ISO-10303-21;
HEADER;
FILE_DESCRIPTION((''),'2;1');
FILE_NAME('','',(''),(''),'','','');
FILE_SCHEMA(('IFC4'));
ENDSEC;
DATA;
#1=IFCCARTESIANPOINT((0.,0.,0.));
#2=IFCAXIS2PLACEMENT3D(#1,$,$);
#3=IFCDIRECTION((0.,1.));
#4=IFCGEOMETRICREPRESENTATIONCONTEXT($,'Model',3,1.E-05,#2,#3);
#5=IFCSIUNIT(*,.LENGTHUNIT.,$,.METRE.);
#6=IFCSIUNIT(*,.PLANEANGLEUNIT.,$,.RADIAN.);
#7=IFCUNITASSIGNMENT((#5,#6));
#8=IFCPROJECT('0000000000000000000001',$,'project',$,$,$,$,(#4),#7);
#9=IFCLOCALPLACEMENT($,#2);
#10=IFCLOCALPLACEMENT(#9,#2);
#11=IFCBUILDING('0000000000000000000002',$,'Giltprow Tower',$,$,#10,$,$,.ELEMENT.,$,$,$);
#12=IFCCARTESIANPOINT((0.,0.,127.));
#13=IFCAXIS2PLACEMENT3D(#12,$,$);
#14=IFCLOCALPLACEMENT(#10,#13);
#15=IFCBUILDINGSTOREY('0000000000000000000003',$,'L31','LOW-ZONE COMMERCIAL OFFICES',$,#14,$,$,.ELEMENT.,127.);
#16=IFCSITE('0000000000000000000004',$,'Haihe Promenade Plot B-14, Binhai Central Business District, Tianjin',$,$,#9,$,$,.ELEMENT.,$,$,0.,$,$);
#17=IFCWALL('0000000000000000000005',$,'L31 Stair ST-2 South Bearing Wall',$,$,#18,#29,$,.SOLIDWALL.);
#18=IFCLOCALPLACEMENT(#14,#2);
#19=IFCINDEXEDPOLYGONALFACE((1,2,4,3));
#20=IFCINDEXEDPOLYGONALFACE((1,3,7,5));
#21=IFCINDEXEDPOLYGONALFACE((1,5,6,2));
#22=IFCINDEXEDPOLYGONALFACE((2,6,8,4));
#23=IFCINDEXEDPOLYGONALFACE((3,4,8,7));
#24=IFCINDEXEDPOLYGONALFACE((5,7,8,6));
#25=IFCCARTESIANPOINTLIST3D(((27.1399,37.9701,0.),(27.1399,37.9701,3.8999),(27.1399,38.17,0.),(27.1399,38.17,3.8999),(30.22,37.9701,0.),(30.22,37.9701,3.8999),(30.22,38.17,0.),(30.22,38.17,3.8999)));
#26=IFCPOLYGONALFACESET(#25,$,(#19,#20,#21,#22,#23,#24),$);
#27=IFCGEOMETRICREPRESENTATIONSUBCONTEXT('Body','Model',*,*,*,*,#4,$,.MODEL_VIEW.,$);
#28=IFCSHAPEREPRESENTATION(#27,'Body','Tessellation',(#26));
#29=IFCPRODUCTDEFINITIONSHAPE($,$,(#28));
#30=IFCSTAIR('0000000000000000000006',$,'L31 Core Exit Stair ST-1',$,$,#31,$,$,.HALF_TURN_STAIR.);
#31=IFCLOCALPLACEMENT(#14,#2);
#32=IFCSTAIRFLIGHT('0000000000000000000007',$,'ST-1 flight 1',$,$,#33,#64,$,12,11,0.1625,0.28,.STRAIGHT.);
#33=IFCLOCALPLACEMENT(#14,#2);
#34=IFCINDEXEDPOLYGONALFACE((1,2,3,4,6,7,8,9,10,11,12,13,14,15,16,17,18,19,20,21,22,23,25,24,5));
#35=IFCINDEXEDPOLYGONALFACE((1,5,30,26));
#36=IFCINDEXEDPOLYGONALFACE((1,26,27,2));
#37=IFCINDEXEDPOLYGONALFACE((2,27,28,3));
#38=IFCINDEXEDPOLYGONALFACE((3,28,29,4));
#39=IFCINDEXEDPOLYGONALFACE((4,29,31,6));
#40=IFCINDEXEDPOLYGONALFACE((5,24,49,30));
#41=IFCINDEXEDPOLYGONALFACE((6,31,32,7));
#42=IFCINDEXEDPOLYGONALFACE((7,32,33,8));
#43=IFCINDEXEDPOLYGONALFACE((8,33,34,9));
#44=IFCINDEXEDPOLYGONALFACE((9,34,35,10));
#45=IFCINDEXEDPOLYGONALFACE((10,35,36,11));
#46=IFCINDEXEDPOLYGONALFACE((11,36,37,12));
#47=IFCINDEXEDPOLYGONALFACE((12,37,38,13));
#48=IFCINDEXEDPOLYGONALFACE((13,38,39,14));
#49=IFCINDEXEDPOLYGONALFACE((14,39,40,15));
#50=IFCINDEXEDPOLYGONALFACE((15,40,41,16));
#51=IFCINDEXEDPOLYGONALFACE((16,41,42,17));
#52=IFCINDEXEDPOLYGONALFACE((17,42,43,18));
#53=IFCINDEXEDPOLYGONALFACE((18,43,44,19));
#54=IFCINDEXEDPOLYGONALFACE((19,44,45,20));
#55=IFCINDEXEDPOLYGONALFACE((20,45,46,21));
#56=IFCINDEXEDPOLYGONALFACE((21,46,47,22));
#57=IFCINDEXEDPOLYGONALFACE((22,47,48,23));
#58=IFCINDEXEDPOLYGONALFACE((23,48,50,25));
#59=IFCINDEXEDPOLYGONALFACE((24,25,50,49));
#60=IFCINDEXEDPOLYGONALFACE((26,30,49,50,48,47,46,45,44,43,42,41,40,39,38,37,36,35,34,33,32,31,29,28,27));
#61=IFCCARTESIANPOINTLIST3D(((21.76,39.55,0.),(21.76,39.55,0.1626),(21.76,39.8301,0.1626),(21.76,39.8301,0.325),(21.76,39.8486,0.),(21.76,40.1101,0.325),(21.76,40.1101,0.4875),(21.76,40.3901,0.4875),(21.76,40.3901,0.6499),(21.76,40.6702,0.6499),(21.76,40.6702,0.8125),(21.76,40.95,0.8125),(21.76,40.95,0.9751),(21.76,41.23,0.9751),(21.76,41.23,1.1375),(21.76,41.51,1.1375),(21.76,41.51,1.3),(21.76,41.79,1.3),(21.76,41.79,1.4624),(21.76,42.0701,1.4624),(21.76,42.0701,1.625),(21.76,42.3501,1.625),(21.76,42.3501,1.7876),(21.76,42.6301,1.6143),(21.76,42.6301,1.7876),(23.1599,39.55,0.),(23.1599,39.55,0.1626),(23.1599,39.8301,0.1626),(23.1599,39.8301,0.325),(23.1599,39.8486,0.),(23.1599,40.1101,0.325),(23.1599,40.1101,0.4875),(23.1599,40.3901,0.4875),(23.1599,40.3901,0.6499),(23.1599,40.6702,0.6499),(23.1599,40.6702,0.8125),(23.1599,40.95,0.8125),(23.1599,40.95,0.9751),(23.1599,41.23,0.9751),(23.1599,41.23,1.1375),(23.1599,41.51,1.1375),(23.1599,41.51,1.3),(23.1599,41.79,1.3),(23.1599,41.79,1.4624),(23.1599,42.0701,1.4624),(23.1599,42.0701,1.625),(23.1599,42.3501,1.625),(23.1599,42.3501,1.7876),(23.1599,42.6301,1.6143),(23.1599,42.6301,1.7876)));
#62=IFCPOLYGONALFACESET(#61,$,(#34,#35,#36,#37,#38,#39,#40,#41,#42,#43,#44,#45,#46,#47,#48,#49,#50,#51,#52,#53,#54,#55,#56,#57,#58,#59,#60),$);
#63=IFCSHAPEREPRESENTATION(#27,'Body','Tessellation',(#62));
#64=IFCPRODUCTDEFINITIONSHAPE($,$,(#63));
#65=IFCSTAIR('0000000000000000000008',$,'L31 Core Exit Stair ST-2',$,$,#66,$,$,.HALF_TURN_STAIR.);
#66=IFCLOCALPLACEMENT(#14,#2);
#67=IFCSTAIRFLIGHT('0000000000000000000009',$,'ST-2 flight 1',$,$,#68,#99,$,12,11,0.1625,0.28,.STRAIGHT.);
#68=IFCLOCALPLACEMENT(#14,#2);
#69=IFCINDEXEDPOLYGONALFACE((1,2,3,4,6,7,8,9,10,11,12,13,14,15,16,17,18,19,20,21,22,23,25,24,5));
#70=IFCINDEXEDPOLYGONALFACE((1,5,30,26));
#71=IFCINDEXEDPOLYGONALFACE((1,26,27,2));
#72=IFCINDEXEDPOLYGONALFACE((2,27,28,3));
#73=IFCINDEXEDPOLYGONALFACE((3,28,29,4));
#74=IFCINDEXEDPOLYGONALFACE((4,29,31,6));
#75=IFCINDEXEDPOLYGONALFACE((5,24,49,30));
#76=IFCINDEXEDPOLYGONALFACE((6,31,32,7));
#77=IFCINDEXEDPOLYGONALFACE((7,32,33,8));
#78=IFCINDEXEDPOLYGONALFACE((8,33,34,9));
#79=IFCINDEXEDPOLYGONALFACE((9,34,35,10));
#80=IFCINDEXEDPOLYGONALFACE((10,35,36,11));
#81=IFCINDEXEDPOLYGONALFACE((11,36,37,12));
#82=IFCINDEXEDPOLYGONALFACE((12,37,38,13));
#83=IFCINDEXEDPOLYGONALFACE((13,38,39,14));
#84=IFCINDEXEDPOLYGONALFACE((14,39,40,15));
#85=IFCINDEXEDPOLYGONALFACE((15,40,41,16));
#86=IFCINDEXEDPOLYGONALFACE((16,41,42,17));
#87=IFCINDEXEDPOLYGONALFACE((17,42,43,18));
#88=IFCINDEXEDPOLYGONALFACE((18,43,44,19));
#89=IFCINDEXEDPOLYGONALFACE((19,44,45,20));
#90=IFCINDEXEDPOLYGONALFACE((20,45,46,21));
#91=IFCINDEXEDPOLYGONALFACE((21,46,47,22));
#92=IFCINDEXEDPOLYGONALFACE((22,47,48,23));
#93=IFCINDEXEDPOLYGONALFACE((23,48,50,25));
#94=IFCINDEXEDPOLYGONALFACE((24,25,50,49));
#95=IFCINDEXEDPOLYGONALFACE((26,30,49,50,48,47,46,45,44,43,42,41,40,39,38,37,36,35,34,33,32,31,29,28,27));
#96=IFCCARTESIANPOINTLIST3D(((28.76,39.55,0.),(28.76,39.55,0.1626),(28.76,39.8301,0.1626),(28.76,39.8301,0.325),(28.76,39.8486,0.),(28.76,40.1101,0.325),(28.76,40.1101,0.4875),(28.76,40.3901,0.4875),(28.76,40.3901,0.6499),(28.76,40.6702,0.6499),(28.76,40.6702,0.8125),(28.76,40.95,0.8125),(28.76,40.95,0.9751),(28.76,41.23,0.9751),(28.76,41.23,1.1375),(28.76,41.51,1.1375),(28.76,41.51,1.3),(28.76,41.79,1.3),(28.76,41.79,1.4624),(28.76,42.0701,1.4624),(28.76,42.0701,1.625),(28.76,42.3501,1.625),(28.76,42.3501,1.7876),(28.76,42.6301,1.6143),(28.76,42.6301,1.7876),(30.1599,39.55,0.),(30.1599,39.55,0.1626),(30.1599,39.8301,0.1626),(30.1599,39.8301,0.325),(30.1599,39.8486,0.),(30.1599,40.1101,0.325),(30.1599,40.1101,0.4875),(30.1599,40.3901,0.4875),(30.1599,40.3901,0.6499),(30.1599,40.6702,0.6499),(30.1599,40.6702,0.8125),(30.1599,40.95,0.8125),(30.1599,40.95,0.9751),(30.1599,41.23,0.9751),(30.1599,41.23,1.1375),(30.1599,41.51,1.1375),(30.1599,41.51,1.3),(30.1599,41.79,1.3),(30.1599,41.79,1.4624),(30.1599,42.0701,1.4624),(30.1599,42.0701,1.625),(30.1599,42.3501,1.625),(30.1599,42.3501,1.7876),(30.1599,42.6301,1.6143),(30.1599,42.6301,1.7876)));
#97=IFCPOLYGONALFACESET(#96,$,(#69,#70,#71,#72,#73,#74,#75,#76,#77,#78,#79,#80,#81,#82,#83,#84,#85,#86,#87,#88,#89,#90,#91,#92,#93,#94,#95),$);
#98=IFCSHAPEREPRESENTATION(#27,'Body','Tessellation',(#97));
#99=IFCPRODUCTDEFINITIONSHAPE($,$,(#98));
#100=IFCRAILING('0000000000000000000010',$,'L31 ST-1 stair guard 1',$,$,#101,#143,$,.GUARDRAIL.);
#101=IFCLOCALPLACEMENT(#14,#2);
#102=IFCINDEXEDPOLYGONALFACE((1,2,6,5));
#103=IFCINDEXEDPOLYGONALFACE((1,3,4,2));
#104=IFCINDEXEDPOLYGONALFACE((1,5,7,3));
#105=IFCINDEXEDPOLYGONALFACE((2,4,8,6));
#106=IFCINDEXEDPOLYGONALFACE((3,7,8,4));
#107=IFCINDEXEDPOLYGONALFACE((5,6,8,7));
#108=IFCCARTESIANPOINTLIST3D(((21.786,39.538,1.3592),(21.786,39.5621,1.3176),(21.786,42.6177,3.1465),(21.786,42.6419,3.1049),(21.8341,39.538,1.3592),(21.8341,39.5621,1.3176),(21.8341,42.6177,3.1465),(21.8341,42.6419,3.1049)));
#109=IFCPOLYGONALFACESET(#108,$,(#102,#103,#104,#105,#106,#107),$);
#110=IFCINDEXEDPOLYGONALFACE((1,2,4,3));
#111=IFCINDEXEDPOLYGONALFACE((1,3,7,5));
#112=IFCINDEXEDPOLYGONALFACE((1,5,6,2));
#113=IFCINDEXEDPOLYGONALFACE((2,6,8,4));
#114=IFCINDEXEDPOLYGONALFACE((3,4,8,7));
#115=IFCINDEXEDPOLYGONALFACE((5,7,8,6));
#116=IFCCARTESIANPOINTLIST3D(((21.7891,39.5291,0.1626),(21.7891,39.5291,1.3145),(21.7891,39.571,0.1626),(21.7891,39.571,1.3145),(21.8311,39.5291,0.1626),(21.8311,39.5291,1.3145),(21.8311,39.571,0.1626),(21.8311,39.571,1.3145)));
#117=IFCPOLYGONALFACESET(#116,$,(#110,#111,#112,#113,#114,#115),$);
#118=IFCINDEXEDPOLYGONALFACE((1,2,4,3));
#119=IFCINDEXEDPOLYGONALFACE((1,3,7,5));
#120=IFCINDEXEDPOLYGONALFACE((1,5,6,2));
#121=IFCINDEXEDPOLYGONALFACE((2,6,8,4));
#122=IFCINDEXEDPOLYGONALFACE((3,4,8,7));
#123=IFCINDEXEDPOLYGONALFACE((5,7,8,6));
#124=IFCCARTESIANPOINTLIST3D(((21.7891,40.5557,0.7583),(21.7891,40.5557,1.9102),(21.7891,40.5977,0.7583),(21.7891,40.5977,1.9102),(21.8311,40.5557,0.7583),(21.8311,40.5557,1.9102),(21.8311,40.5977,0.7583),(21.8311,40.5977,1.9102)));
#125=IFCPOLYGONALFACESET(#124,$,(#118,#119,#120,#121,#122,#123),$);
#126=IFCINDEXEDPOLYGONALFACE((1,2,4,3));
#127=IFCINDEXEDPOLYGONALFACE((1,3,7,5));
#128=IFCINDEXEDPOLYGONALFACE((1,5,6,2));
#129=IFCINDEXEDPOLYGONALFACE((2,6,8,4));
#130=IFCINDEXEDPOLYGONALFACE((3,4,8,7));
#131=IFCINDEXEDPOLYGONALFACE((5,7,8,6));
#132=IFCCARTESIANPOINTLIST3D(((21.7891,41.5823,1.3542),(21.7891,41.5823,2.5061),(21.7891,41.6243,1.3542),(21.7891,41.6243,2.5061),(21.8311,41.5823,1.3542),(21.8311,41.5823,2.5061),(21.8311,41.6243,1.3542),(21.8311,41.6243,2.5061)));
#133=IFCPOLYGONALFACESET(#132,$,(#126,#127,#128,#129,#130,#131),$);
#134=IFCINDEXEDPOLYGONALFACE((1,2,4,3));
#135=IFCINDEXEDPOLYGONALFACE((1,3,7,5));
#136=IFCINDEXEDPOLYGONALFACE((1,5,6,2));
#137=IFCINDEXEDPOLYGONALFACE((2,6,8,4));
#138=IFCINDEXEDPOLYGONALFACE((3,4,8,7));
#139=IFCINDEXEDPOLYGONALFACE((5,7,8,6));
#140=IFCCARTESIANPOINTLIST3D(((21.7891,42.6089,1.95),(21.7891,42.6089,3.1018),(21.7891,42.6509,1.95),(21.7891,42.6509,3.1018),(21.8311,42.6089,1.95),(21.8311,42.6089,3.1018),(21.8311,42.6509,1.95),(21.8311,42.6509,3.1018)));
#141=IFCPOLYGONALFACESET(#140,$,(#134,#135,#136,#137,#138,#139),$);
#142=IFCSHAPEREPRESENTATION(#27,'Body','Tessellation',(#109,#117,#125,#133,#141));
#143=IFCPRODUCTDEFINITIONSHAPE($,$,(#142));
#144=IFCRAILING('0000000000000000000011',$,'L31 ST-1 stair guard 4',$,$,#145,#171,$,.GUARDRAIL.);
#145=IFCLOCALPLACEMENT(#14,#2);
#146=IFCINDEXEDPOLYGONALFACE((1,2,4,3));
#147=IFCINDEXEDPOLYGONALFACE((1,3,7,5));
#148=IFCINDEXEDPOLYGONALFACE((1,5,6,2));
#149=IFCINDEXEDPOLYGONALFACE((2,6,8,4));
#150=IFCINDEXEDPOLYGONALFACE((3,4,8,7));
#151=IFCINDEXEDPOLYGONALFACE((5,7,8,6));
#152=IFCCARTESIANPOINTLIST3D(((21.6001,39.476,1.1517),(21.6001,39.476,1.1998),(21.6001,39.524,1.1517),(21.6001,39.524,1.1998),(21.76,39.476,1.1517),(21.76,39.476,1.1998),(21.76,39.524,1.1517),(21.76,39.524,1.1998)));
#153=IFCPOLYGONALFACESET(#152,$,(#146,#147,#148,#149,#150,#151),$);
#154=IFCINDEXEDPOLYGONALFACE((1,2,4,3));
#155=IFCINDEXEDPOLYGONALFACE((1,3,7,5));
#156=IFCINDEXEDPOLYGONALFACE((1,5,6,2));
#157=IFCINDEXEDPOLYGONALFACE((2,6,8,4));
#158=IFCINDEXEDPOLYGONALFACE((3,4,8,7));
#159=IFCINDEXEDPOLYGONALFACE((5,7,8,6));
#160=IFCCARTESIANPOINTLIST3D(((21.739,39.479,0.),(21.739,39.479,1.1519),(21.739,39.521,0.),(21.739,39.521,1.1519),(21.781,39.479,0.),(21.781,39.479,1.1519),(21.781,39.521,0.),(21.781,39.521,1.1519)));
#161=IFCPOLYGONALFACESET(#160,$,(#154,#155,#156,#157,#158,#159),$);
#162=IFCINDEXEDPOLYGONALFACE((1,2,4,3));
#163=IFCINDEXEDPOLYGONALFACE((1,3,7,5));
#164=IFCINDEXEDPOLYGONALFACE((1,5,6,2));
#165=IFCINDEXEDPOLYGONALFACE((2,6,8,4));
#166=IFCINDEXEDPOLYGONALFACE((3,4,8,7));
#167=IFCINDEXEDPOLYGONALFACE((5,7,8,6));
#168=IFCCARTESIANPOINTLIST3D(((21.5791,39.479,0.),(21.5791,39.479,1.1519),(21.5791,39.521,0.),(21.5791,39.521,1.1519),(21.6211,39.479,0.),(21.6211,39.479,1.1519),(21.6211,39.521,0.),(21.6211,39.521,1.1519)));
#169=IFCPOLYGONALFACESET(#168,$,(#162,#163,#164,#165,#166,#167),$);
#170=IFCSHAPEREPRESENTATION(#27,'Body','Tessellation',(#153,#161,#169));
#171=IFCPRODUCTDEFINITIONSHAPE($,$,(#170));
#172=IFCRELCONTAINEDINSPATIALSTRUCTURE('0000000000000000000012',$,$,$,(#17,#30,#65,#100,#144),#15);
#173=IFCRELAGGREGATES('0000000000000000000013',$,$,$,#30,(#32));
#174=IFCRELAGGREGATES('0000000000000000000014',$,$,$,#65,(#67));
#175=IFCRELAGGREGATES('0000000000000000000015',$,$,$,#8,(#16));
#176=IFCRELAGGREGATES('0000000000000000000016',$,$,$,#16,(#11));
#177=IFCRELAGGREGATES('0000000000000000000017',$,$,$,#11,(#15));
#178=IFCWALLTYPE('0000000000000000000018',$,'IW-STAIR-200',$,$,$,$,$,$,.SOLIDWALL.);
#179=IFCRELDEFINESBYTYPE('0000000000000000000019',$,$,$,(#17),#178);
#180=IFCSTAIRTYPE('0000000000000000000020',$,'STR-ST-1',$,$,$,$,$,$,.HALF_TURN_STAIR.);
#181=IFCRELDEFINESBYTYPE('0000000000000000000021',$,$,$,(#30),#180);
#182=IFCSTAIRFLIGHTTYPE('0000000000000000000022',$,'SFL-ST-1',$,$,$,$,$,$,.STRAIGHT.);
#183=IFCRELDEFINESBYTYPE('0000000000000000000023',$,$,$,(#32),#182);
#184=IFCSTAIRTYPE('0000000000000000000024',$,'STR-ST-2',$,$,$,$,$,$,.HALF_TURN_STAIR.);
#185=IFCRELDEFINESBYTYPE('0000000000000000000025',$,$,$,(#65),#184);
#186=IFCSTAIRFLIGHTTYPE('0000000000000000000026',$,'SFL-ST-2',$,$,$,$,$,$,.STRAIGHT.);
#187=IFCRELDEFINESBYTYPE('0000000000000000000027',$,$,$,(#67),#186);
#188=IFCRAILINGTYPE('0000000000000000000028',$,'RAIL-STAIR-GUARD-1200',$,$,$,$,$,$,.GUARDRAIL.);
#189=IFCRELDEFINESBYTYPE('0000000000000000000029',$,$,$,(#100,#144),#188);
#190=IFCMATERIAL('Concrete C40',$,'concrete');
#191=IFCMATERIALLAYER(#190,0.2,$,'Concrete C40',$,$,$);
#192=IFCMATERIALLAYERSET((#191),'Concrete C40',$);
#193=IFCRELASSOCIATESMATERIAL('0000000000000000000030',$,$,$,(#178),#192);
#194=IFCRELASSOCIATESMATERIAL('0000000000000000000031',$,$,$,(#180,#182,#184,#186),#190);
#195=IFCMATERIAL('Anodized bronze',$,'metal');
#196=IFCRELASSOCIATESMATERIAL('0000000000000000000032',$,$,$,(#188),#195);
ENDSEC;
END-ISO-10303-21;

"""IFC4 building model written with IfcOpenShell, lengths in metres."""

from ifc_helpers import new_model, si_unit, direction, frame, frame_2d, origin, origin_2d, place, context, subcontext, project, spatial, polyline, rectangle, outline, extrude, material, layer, layer_set, type_object, element, aggregate, save


model = new_model("IFC4")

# Units and contexts
model_context = context("Model", 3, precision=1e-05, world=origin(), true_north=direction((0.0, 1.0)))
body_context = subcontext(model_context, "Body", "Model", "MODEL_VIEW")
ifc_project = project(units=[si_unit("LENGTHUNIT", "METRE"), si_unit("PLANEANGLEUNIT", "RADIAN")], contexts=[model_context])

# Site, building, storey
site_placement = place(None, origin())
site = spatial("IfcSite", under=ifc_project, at=site_placement, Name="Haihe Promenade Plot B-14, Binhai Central Business District, Tianjin", CompositionType="ELEMENT", RefElevation=0.0)
building_placement = place(site_placement, origin())
building = spatial("IfcBuilding", under=site, at=building_placement, Name="Giltprow Tower", CompositionType="ELEMENT")
storey_placement = place(building_placement, frame((0.0, 0.0, 127.0)))
storey = spatial("IfcBuildingStorey", under=building, at=storey_placement, Name="L31", Description="LOW-ZONE COMMERCIAL OFFICES", CompositionType="ELEMENT", Elevation=127.0)

# Shared definitions
ifc_material_1 = material(Name="Concrete C40", Category="concrete")
ifc_layer = layer(ifc_material_1, 0.2, Name="Concrete C40")
ifc_layer_set = layer_set([ifc_layer], Name="Concrete C40")
wall_type = type_object("IfcWallType", Name="IW-STAIR-200", PredefinedType="SOLIDWALL", material=ifc_layer_set)

# Wall
wall_1_placement = place(storey_placement, frame((27.1399, 38.0701, 0.0), z_axis=(0.0, 0.0, 1.0), x_axis=(1.0, 0.0, 0.0)))
element("IfcWall", 1, at=wall_1_placement, inside=storey, type_object=wall_type, Name="L31 Stair ST-2 South Bearing Wall", PredefinedType="SOLIDWALL", context=body_context, shape_type="SweptSolid", body=[
    extrude(rectangle(XDim=3.0801, YDim=0.2, at=frame_2d((1.54, 0.0))), origin(), (0.0, 0.0, 1.0), 3.8999),
])

# Stairs, stair flights
stair_type_1 = type_object("IfcStairType", Name="STR-ST-1", PredefinedType="HALF_TURN_STAIR", material=ifc_material_1)
stair_1_placement = place(storey_placement, origin())
stair_1 = element("IfcStair", 2, at=stair_1_placement, inside=storey, type_object=stair_type_1, Name="L31 Core Exit Stair ST-1", PredefinedType="HALF_TURN_STAIR")
stair_flight_type_1 = type_object("IfcStairFlightType", Name="SFL-ST-1", PredefinedType="STRAIGHT", material=ifc_material_1)
stair_flight_1_placement = place(storey_placement, frame((22.46, 39.55, 0.0), z_axis=(0.0, 0.0, 1.0), x_axis=(0.0, 1.0, 0.0)))
stair_flight_1 = element("IfcStairFlight", 3, at=stair_flight_1_placement, type_object=stair_flight_type_1, Name="ST-1 flight 1", NumberOfRisers=12, NumberOfTreads=11, PredefinedType="STRAIGHT", RiserHeight=0.1625, TreadLength=0.28, context=body_context, shape_type="SweptSolid", body=[
    extrude(outline(polyline([(0.0, 0.0), (0.0, 0.1626), (0.28, 0.1626), (0.28, 0.325), (0.5601, 0.325), (0.5601, 0.4875), (0.8401, 0.4875), (0.8401, 0.6499), (1.1201, 0.6499), (1.1201, 0.8125), (1.3999, 0.8125), (1.3999, 0.9751), (1.6799, 0.9751), (1.6799, 1.1375), (1.96, 1.1375), (1.96, 1.3), (2.24, 1.3), (2.24, 1.4624), (2.52, 1.4624), (2.52, 1.625), (2.8, 1.625), (2.8, 1.7876), (3.0801, 1.7876), (3.0801, 1.95), (3.0801, 1.6143), (0.2986, 0.0), (0.0, 0.0)])), frame((0.0, 0.7, 0.0), z_axis=(0.0, -1.0, 0.0), x_axis=(1.0, 0.0, 0.0)), (0.0, 0.0, 1.0), 1.3999),
])
aggregate(stair_1, [stair_flight_1])
stair_type_2 = type_object("IfcStairType", Name="STR-ST-2", PredefinedType="HALF_TURN_STAIR", material=ifc_material_1)
stair_2_placement = place(storey_placement, origin())
stair_2 = element("IfcStair", 4, at=stair_2_placement, inside=storey, type_object=stair_type_2, Name="L31 Core Exit Stair ST-2", PredefinedType="HALF_TURN_STAIR")
stair_flight_type_2 = type_object("IfcStairFlightType", Name="SFL-ST-2", PredefinedType="STRAIGHT", material=ifc_material_1)
stair_flight_2_placement = place(storey_placement, frame((29.46, 39.55, 0.0), z_axis=(0.0, 0.0, 1.0), x_axis=(0.0, 1.0, 0.0)))
stair_flight_2 = element("IfcStairFlight", 5, at=stair_flight_2_placement, type_object=stair_flight_type_2, Name="ST-2 flight 1", NumberOfRisers=12, NumberOfTreads=11, PredefinedType="STRAIGHT", RiserHeight=0.1625, TreadLength=0.28, context=body_context, shape_type="SweptSolid", body=[
    extrude(outline(polyline([(0.0, 0.0), (0.0, 0.1626), (0.28, 0.1626), (0.28, 0.325), (0.5601, 0.325), (0.5601, 0.4875), (0.8401, 0.4875), (0.8401, 0.6499), (1.1201, 0.6499), (1.1201, 0.8125), (1.3999, 0.8125), (1.3999, 0.9751), (1.6799, 0.9751), (1.6799, 1.1375), (1.96, 1.1375), (1.96, 1.3), (2.24, 1.3), (2.24, 1.4624), (2.52, 1.4624), (2.52, 1.625), (2.8, 1.625), (2.8, 1.7876), (3.0801, 1.7876), (3.0801, 1.95), (3.0801, 1.6143), (0.2986, 0.0), (0.0, 0.0)])), frame((0.0, 0.7, 0.0), z_axis=(0.0, -1.0, 0.0), x_axis=(1.0, 0.0, 0.0)), (0.0, 0.0, 1.0), 1.3999),
])
aggregate(stair_2, [stair_flight_2])

# Railings
ifc_material_2 = material(Name="Anodized bronze", Category="metal")
railing_type_1 = type_object("IfcRailingType", Name="RAIL-STAIR-GUARD-1200", PredefinedType="GUARDRAIL", material=ifc_material_2)
railing_1_placement = place(storey_placement, frame((21.8101, 39.55, 0.1626)))
element("IfcRailing", 6, at=railing_1_placement, inside=storey, type_object=railing_type_1, Name="L31 ST-1 stair guard 1", PredefinedType="GUARDRAIL", context=body_context, shape_type="SweptSolid", body=[
    extrude(rectangle(XDim=0.0481, YDim=0.0481, at=origin_2d()), frame((0.0, 0.0, 1.1758), z_axis=(0.0, 0.864903, 0.501939), x_axis=(-1.0, 0.0, 0.0)), (0.0, 0.0, 1.0), 3.5608),
    extrude(rectangle(XDim=0.042, YDim=0.042, at=origin_2d()), origin(), (0.0, 0.0, 1.0), 1.1519),
    extrude(rectangle(XDim=0.042, YDim=0.042, at=origin_2d()), frame((0.0, 1.0266, 0.5957)), (0.0, 0.0, 1.0), 1.1519),
    extrude(rectangle(XDim=0.042, YDim=0.042, at=origin_2d()), frame((0.0, 2.0532, 1.1917)), (0.0, 0.0, 1.0), 1.1519),
    extrude(rectangle(XDim=0.042, YDim=0.042, at=origin_2d()), frame((0.0, 3.0798, 1.7874)), (0.0, 0.0, 1.0), 1.1519),
])
railing_2_placement = place(storey_placement, frame((21.76, 39.5, 0.0)))
element("IfcRailing", 7, at=railing_2_placement, inside=storey, type_object=railing_type_1, Name="L31 ST-1 stair guard 4", PredefinedType="GUARDRAIL", context=body_context, shape_type="SweptSolid", body=[
    extrude(rectangle(XDim=0.0481, YDim=0.0481, at=origin_2d()), frame((0.0, 0.0, 1.1758), z_axis=(-1.0, 0.0, 0.0), x_axis=(0.0, -1.0, 0.0)), (0.0, 0.0, 1.0), 0.1599),
    extrude(rectangle(XDim=0.042, YDim=0.042, at=origin_2d()), origin(), (0.0, 0.0, 1.0), 1.1519),
    extrude(rectangle(XDim=0.042, YDim=0.042, at=origin_2d()), frame((-0.1599, 0.0, 0.0)), (0.0, 0.0, 1.0), 1.1519),
])

save(model, "model.ifc")
